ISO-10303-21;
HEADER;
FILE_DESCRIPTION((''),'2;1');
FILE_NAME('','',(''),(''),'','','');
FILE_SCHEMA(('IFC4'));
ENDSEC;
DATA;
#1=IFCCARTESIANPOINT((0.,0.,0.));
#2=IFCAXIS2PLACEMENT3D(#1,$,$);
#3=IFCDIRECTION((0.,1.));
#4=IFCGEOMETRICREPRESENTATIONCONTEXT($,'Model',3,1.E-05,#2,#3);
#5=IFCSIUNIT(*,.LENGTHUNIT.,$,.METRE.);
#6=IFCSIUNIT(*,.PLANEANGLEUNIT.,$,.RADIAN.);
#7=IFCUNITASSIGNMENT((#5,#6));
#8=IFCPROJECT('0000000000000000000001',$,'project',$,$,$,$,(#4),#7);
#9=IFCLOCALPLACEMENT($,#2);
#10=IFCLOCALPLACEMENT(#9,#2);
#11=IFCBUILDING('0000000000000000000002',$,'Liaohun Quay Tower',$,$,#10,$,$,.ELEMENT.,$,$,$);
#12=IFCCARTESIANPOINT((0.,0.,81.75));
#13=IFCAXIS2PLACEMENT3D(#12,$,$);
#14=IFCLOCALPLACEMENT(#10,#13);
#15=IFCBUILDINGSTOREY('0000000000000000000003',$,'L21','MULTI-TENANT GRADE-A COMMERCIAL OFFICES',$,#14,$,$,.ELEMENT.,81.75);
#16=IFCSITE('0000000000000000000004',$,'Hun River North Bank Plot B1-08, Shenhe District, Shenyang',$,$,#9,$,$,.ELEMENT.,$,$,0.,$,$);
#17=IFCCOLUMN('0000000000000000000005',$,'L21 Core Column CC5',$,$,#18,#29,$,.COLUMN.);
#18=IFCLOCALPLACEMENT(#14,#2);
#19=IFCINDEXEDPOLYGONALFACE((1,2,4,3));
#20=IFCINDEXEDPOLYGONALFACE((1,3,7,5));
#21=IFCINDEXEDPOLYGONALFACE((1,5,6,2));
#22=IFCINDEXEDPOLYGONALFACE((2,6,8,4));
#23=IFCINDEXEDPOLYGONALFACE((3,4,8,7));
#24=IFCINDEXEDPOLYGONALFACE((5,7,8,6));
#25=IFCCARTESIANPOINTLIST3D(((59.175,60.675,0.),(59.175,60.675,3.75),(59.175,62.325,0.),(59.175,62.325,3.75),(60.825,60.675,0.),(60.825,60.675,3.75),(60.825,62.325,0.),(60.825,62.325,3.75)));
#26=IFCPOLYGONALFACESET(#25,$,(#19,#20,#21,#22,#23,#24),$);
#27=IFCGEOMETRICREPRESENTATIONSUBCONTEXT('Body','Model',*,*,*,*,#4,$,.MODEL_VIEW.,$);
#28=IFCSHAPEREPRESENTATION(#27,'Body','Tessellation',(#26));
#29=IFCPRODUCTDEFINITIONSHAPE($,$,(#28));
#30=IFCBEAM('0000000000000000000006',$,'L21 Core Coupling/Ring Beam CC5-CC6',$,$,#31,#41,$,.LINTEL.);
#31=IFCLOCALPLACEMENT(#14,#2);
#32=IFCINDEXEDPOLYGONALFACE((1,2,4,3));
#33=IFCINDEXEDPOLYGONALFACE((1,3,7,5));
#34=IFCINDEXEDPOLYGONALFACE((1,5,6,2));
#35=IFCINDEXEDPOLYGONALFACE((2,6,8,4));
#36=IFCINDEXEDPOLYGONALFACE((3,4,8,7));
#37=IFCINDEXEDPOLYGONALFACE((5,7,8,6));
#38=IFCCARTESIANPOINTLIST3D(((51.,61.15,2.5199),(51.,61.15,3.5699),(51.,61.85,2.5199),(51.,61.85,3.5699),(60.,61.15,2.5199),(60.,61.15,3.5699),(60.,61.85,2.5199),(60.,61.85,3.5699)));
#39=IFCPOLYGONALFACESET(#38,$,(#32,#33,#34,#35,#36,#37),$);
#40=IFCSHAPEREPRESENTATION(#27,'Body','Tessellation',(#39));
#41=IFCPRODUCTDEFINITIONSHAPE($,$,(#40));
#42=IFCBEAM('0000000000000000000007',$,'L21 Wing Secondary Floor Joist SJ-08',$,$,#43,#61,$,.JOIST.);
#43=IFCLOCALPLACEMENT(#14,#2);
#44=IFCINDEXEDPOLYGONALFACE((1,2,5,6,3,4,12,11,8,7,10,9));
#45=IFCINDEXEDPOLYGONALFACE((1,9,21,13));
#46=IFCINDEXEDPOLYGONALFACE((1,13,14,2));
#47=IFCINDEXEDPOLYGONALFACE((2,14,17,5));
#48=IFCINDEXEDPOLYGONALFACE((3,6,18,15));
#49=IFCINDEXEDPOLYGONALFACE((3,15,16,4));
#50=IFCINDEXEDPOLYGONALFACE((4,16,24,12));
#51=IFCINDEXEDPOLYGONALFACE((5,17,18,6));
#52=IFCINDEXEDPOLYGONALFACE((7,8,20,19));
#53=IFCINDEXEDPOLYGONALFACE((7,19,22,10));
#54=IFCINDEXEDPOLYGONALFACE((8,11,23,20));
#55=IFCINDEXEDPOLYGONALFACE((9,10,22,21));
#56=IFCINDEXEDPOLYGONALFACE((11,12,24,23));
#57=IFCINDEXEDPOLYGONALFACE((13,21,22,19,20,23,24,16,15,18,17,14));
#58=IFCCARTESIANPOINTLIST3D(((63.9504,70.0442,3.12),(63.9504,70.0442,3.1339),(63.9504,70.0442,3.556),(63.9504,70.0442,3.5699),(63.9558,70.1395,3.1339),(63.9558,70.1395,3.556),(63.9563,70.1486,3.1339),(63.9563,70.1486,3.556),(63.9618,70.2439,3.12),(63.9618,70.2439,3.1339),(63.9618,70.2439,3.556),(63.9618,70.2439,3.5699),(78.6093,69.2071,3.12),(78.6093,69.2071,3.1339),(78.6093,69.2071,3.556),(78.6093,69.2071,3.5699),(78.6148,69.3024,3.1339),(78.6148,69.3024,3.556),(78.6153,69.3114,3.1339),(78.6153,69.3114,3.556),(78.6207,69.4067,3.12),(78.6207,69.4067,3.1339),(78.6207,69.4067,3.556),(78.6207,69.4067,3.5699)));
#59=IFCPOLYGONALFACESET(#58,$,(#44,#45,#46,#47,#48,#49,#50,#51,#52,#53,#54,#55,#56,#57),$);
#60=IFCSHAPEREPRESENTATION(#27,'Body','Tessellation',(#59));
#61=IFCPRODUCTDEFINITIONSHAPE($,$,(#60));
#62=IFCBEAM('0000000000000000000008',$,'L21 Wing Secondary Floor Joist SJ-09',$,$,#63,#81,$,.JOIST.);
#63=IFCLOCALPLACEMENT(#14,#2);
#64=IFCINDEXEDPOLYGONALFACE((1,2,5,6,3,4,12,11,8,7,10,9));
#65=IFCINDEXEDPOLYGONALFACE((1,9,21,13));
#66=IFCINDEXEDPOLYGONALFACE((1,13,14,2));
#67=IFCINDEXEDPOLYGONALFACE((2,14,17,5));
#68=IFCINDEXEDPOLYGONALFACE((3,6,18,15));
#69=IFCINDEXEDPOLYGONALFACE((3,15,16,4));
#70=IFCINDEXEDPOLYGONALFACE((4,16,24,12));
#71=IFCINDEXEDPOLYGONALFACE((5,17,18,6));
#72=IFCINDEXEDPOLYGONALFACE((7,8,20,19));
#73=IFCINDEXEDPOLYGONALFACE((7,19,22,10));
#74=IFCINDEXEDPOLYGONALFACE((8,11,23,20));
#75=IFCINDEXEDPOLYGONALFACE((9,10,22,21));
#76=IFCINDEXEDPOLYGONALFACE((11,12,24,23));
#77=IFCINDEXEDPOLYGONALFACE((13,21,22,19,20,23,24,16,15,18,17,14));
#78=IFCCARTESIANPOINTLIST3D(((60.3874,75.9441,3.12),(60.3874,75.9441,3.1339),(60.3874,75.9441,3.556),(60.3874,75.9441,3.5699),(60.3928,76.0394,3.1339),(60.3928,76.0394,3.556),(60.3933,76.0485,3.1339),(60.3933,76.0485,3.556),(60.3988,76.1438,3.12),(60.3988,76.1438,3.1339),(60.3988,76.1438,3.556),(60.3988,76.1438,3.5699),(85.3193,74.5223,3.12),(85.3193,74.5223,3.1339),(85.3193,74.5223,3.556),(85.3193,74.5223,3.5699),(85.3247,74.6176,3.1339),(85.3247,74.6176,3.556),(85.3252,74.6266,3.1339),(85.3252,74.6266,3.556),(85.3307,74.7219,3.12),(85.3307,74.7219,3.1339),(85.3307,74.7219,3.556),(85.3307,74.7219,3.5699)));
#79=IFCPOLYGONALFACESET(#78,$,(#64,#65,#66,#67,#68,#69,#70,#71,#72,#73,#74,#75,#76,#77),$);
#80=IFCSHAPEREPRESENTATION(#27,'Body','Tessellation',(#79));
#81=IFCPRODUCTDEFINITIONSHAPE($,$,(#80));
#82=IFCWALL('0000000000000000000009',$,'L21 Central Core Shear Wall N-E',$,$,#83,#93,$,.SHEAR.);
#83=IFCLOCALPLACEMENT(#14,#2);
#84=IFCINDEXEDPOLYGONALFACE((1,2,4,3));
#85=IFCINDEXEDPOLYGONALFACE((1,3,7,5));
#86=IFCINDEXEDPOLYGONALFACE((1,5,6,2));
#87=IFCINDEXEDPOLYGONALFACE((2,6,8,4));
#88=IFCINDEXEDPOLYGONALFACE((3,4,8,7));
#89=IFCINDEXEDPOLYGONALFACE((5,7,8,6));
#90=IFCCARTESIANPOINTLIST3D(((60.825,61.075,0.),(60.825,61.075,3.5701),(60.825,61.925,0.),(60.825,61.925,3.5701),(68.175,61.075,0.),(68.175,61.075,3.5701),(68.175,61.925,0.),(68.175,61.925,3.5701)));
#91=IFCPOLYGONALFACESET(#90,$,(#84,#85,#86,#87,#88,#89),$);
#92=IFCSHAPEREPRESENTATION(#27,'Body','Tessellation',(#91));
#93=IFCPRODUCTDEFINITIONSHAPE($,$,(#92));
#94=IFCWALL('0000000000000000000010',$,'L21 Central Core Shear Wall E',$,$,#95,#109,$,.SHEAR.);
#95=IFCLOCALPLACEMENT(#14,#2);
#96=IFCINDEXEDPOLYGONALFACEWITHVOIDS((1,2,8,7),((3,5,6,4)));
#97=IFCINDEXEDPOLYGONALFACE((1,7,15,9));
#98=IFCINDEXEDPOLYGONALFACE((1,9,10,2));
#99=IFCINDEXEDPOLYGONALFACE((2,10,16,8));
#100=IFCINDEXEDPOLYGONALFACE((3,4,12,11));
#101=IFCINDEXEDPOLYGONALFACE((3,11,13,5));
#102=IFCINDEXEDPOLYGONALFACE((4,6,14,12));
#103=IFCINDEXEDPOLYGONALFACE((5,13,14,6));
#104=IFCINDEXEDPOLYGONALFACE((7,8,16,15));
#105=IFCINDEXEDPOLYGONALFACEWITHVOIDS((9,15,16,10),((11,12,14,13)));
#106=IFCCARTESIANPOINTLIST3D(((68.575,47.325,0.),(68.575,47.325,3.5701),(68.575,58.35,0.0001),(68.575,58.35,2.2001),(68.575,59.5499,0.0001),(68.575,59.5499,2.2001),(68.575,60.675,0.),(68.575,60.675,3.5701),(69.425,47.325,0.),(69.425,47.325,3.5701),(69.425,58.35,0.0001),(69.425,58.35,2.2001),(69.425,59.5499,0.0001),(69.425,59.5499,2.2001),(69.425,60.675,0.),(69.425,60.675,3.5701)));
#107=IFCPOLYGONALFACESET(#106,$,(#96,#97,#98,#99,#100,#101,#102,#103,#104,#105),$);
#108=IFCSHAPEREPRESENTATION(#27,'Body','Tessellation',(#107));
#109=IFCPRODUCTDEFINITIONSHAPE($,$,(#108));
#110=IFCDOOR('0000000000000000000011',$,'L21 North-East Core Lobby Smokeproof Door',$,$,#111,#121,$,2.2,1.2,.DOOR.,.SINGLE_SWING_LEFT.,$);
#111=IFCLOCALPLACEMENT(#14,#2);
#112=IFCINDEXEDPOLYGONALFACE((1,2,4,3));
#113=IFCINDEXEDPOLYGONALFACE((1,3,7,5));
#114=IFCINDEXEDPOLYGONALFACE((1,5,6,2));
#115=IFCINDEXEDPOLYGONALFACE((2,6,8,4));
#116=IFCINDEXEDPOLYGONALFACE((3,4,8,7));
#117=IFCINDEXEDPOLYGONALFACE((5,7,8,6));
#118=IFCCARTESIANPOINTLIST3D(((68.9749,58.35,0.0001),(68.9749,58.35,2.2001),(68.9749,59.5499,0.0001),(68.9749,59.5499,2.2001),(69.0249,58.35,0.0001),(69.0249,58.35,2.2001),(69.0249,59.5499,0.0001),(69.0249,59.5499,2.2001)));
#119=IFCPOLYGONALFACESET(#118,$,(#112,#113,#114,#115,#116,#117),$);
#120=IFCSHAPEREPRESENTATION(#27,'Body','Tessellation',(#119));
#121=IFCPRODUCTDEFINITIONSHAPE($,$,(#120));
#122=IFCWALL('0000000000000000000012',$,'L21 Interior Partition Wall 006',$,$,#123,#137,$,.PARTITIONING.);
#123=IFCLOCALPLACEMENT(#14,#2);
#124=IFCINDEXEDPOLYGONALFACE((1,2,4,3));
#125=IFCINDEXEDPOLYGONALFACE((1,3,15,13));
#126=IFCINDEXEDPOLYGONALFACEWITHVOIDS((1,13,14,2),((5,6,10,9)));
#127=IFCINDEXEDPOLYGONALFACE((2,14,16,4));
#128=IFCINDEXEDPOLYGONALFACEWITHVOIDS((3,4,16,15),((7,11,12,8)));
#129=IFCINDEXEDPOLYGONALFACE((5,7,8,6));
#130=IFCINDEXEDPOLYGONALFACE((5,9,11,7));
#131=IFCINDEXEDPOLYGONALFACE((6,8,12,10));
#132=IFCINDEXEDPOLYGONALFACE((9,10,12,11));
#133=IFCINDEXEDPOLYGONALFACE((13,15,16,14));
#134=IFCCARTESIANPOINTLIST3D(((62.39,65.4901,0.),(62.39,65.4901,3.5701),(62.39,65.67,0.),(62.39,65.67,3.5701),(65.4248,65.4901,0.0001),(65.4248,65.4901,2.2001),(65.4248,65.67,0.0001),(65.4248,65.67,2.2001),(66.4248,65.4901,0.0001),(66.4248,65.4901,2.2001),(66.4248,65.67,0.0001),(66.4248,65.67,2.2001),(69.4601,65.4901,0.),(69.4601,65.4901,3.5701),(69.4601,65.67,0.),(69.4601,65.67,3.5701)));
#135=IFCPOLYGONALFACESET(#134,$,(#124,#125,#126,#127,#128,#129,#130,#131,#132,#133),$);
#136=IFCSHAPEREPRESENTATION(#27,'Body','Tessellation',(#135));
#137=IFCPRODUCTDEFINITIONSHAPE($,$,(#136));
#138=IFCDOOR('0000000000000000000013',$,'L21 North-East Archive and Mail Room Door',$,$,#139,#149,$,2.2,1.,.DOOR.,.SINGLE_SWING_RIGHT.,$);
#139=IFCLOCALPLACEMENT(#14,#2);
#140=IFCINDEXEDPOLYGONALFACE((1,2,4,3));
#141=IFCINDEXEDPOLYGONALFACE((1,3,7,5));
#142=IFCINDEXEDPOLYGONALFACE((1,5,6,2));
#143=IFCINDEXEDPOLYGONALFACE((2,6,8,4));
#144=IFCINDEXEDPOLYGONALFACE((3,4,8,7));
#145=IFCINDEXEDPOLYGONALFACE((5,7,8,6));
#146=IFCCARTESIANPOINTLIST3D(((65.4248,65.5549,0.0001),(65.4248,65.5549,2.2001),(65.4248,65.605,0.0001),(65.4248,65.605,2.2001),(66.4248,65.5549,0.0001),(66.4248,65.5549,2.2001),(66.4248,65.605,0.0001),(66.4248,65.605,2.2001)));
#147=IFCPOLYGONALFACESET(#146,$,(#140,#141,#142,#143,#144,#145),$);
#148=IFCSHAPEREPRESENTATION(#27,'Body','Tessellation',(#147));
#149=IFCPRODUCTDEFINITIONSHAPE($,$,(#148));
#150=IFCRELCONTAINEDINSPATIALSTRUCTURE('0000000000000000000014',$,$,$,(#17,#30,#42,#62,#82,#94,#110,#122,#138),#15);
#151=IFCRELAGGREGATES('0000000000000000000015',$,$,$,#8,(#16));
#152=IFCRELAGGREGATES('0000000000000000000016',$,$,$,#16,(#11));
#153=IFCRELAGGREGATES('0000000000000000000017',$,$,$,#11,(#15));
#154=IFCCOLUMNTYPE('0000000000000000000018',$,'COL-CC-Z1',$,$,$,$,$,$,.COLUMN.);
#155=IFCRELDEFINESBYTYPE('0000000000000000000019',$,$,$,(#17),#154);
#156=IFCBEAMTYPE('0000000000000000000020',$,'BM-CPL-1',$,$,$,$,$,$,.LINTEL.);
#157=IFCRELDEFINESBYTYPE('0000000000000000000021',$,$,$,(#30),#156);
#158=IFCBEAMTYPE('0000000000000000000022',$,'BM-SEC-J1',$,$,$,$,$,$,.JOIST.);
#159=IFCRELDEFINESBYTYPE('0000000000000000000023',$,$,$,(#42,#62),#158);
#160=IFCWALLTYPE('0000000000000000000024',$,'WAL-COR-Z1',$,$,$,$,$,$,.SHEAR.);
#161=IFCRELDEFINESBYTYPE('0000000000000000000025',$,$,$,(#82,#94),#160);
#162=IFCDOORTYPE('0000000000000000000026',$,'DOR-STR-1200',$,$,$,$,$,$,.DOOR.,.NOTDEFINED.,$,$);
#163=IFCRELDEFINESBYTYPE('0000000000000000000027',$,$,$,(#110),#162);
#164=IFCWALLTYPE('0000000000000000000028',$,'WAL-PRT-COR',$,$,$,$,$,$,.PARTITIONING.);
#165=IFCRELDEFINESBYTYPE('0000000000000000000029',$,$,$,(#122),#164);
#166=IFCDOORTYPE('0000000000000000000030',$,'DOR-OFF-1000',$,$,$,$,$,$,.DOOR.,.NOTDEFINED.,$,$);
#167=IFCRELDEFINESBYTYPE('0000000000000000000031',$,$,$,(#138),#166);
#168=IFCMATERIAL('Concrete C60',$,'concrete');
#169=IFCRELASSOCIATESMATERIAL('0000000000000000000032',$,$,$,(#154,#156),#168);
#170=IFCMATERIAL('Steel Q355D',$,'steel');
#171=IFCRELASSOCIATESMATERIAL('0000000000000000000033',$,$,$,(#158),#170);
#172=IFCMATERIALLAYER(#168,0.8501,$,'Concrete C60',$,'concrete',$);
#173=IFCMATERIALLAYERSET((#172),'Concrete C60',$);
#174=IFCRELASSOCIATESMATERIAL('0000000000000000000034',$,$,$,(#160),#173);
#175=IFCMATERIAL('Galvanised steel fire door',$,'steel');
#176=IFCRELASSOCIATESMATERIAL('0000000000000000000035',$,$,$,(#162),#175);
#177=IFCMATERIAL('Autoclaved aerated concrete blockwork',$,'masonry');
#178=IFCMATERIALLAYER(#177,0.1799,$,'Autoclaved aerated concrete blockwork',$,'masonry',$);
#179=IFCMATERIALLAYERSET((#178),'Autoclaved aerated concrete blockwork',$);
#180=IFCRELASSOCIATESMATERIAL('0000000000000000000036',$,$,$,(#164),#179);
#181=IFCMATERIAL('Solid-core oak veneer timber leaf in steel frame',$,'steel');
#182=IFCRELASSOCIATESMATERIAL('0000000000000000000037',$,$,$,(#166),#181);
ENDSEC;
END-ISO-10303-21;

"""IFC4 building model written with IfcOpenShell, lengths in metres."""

from ifc_helpers import new_model, si_unit, direction, frame, frame_2d, origin, origin_2d, place, context, subcontext, project, spatial, rectangle, i_section, extrude, source, transform, mapped, material, layer, layer_set, material_profile, profile_set, type_object, element, fill, save


model = new_model("IFC4")

# Units and contexts
model_context = context("Model", 3, precision=1e-05, world=origin(), true_north=direction((0.0, 1.0)))
body_context = subcontext(model_context, "Body", "Model", "MODEL_VIEW")
ifc_project = project(units=[si_unit("LENGTHUNIT", "METRE"), si_unit("PLANEANGLEUNIT", "RADIAN")], contexts=[model_context])

# Site, building, storey
site_placement = place(None, origin())
site = spatial("IfcSite", under=ifc_project, at=site_placement, Name="Hun River North Bank Plot B1-08, Shenhe District, Shenyang", CompositionType="ELEMENT", RefElevation=0.0)
building_placement = place(site_placement, origin())
building = spatial("IfcBuilding", under=site, at=building_placement, Name="Liaohun Quay Tower", CompositionType="ELEMENT")
storey_placement = place(building_placement, frame((0.0, 0.0, 81.75)))
storey = spatial("IfcBuildingStorey", under=building, at=storey_placement, Name="L21", Description="MULTI-TENANT GRADE-A COMMERCIAL OFFICES", CompositionType="ELEMENT", Elevation=81.75)

# Column
ifc_material_1 = material(Name="Concrete C60", Category="concrete")
ifc_material_profile_1 = material_profile(ifc_material_1, rectangle(XDim=1.6499, YDim=1.6499, at=origin_2d()), Name="RC1650x1650")
ifc_profile_set_1 = profile_set([ifc_material_profile_1], Name="Concrete C60")
column_type = type_object("IfcColumnType", Name="COL-CC-Z1", PredefinedType="COLUMN", material=ifc_profile_set_1)
shared_shape_1 = source(origin(), body_context, "Body", "SweptSolid", [
    extrude(rectangle(XDim=1.6499, YDim=1.6499, at=origin_2d()), origin(), (0.0, 0.0, 1.0), 3.75),
])
column_placement = place(storey_placement, frame((60.0, 61.5, 0.0), z_axis=(0.0, 0.0, 1.0), x_axis=(1.0, 0.0, 0.0)))
element("IfcColumn", 1, at=column_placement, inside=storey, type_object=column_type, Name="L21 Core Column CC5", PredefinedType="COLUMN", context=body_context, shape_type="MappedRepresentation", body=[
    mapped(shared_shape_1, transform((0.0, 0.0, 0.0), x_axis=(1.0, 0.0, 0.0), y_axis=(0.0, 1.0, 0.0), z_axis=(0.0, 0.0, 1.0), scale=1.0)),
])

# Beams
ifc_material_profile_2 = material_profile(ifc_material_1, rectangle(XDim=0.7, YDim=1.05, at=origin_2d()), Name="RC700x1050")
ifc_profile_set_2 = profile_set([ifc_material_profile_2], Name="Concrete C60")
beam_type_1 = type_object("IfcBeamType", Name="BM-CPL-1", PredefinedType="LINTEL", material=ifc_profile_set_2)
shared_shape_2 = source(origin(), body_context, "Body", "SweptSolid", [
    extrude(rectangle(XDim=0.7, YDim=1.05, at=origin_2d()), origin(), (0.0, 0.0, 1.0), 9.0),
])
beam_1_placement = place(storey_placement, frame((60.0, 61.5, 3.0449), z_axis=(-1.0, 0.0, 0.0), x_axis=(0.0, -1.0, 0.0)))
element("IfcBeam", 2, at=beam_1_placement, inside=storey, type_object=beam_type_1, Name="L21 Core Coupling/Ring Beam CC5-CC6", PredefinedType="LINTEL", context=body_context, shape_type="MappedRepresentation", body=[
    mapped(shared_shape_2, transform((0.0, 0.0, 0.0), x_axis=(1.0, 0.0, 0.0), y_axis=(0.0, 1.0, 0.0), z_axis=(0.0, 0.0, 1.0), scale=1.0)),
])
ifc_material_2 = material(Name="Steel Q355D", Category="steel")
ifc_material_profile_3 = material_profile(ifc_material_2, i_section(OverallWidth=0.2, OverallDepth=0.45, WebThickness=0.009, FlangeThickness=0.0139, at=origin_2d()), Name="HN450x200x9x14")
ifc_profile_set_3 = profile_set([ifc_material_profile_3], Name="Steel Q355D")
beam_type_2 = type_object("IfcBeamType", Name="BM-SEC-J1", PredefinedType="JOIST", material=ifc_profile_set_3)
shared_shape_3 = source(origin(), body_context, "Body", "SweptSolid", [
    extrude(i_section(OverallWidth=0.2, OverallDepth=0.45, WebThickness=0.009, FlangeThickness=0.0139, at=origin_2d()), origin(), (0.0, 0.0, 1.0), 14.6829),
])
beam_2_placement = place(storey_placement, frame((63.9561, 70.144, 3.345), z_axis=(0.998373, -0.057016, 0.0), x_axis=(0.057016, 0.998373, 0.0)))
element("IfcBeam", 3, at=beam_2_placement, inside=storey, type_object=beam_type_2, Name="L21 Wing Secondary Floor Joist SJ-08", PredefinedType="JOIST", context=body_context, shape_type="MappedRepresentation", body=[
    mapped(shared_shape_3, transform((0.0, 0.0, 0.0), x_axis=(1.0, 0.0, 0.0), y_axis=(0.0, 1.0, 0.0), z_axis=(0.0, 0.0, 1.0), scale=1.0)),
])
shared_shape_4 = source(origin(), body_context, "Body", "SweptSolid", [
    extrude(i_section(OverallWidth=0.2, OverallDepth=0.45, WebThickness=0.009, FlangeThickness=0.0139, at=origin_2d()), origin(), (0.0, 0.0, 1.0), 24.9724),
])
beam_3_placement = place(storey_placement, frame((60.3931, 76.0439, 3.345), z_axis=(0.998378, -0.056938, 0.0), x_axis=(0.056938, 0.998378, 0.0)))
element("IfcBeam", 4, at=beam_3_placement, inside=storey, type_object=beam_type_2, Name="L21 Wing Secondary Floor Joist SJ-09", PredefinedType="JOIST", context=body_context, shape_type="MappedRepresentation", body=[
    mapped(shared_shape_4, transform((0.0, 0.0, 0.0), x_axis=(1.0, 0.0, 0.0), y_axis=(0.0, 1.0, 0.0), z_axis=(0.0, 0.0, 1.0), scale=1.0)),
])

# Wall
ifc_layer_1 = layer(ifc_material_1, 0.8501, Name="Concrete C60", Category="concrete")
ifc_layer_set_1 = layer_set([ifc_layer_1], Name="Concrete C60")
wall_type_1 = type_object("IfcWallType", Name="WAL-COR-Z1", PredefinedType="SHEAR", material=ifc_layer_set_1)
wall_1_placement = place(storey_placement, frame((60.825, 61.5, 0.0), z_axis=(0.0, 0.0, 1.0), x_axis=(1.0, 0.0, 0.0)))
element("IfcWall", 5, at=wall_1_placement, inside=storey, type_object=wall_type_1, Name="L21 Central Core Shear Wall N-E", PredefinedType="SHEAR", context=body_context, shape_type="SweptSolid", body=[
    extrude(rectangle(XDim=7.3501, YDim=0.8501, at=frame_2d((3.675, 0.0))), origin(), (0.0, 0.0, 1.0), 3.5701),
])

# Walls, openings, doors
wall_2_placement = place(storey_placement, frame((69.0, 60.675, 0.0), z_axis=(0.0, 0.0, 1.0), x_axis=(0.0, -1.0, 0.0)))
wall_2 = element("IfcWall", 6, at=wall_2_placement, inside=storey, type_object=wall_type_1, Name="L21 Central Core Shear Wall E", PredefinedType="SHEAR", context=body_context, shape_type="SweptSolid", body=[
    extrude(rectangle(XDim=13.3501, YDim=0.8501, at=frame_2d((6.675, 0.0))), origin(), (0.0, 0.0, 1.0), 3.5701),
])
shared_shape_5 = source(origin(), body_context, "Body", "SweptSolid", [
    extrude(rectangle(XDim=1.2, YDim=2.2, at=frame_2d((0.6001, 1.1001))), frame((0.0, 0.4351, 0.0), z_axis=(0.0, -1.0, 0.0), x_axis=(1.0, 0.0, 0.0)), (0.0, 0.0, 1.0), 0.8701),
])
opening_1_placement = place(wall_2_placement, frame((1.125, 0.0, 0.0)))
opening_1 = element("IfcOpeningElement", 7, at=opening_1_placement, cuts=wall_2, PredefinedType="OPENING", context=body_context, shape_type="MappedRepresentation", body=[
    mapped(shared_shape_5, transform((0.0, 0.0, 0.0), x_axis=(1.0, 0.0, 0.0), y_axis=(0.0, 1.0, 0.0), z_axis=(0.0, 0.0, 1.0), scale=1.0)),
])
ifc_material_3 = material(Name="Galvanised steel fire door", Category="steel")
door_type_1 = type_object("IfcDoorType", Name="DOR-STR-1200", OperationType="NOTDEFINED", PredefinedType="DOOR", material=ifc_material_3)
shared_shape_6 = source(origin(), body_context, "Body", "SweptSolid", [
    extrude(rectangle(XDim=1.2, YDim=2.2, at=frame_2d((0.6001, 1.1001))), frame((0.0, 0.0249, 0.0), z_axis=(0.0, -1.0, 0.0), x_axis=(1.0, 0.0, 0.0)), (0.0, 0.0, 1.0), 0.05),
])
door_1_placement = place(opening_1_placement, origin())
door_1 = element("IfcDoor", 8, at=door_1_placement, inside=storey, type_object=door_type_1, Name="L21 North-East Core Lobby Smokeproof Door", OperationType="SINGLE_SWING_LEFT", OverallHeight=2.2, OverallWidth=1.2, PredefinedType="DOOR", context=body_context, shape_type="MappedRepresentation", body=[
    mapped(shared_shape_6, transform((0.0, 0.0, 0.0), x_axis=(1.0, 0.0, 0.0), y_axis=(0.0, 1.0, 0.0), z_axis=(0.0, 0.0, 1.0), scale=1.0)),
])
fill(opening_1, door_1)
ifc_material_4 = material(Name="Autoclaved aerated concrete blockwork", Category="masonry")
ifc_layer_2 = layer(ifc_material_4, 0.1799, Name="Autoclaved aerated concrete blockwork", Category="masonry")
ifc_layer_set_2 = layer_set([ifc_layer_2], Name="Autoclaved aerated concrete blockwork")
wall_type_2 = type_object("IfcWallType", Name="WAL-PRT-COR", PredefinedType="PARTITIONING", material=ifc_layer_set_2)
wall_3_placement = place(storey_placement, frame((62.3899, 65.5801, 0.0), z_axis=(0.0, 0.0, 1.0), x_axis=(1.0, 0.0, 0.0)))
wall_3 = element("IfcWall", 9, at=wall_3_placement, inside=storey, type_object=wall_type_2, Name="L21 Interior Partition Wall 006", PredefinedType="PARTITIONING", context=body_context, shape_type="SweptSolid", body=[
    extrude(rectangle(XDim=7.0701, YDim=0.1799, at=frame_2d((3.5352, 0.0))), origin(), (0.0, 0.0, 1.0), 3.5701),
])
shared_shape_7 = source(origin(), body_context, "Body", "SweptSolid", [
    extrude(rectangle(XDim=1.0, YDim=2.2, at=frame_2d((0.5, 1.1001))), frame((0.0, 0.0999, 0.0), z_axis=(0.0, -1.0, 0.0), x_axis=(1.0, 0.0, 0.0)), (0.0, 0.0, 1.0), 0.2),
])
opening_2_placement = place(wall_3_placement, frame((3.0349, 0.0, 0.0)))
opening_2 = element("IfcOpeningElement", 10, at=opening_2_placement, cuts=wall_3, PredefinedType="OPENING", context=body_context, shape_type="MappedRepresentation", body=[
    mapped(shared_shape_7, transform((0.0, 0.0, 0.0), x_axis=(1.0, 0.0, 0.0), y_axis=(0.0, 1.0, 0.0), z_axis=(0.0, 0.0, 1.0), scale=1.0)),
])
ifc_material_5 = material(Name="Solid-core oak veneer timber leaf in steel frame", Category="steel")
door_type_2 = type_object("IfcDoorType", Name="DOR-OFF-1000", OperationType="NOTDEFINED", PredefinedType="DOOR", material=ifc_material_5)
shared_shape_8 = source(origin(), body_context, "Body", "SweptSolid", [
    extrude(rectangle(XDim=1.0, YDim=2.2, at=frame_2d((0.5, 1.1001))), frame((0.0, 0.0249, 0.0), z_axis=(0.0, -1.0, 0.0), x_axis=(1.0, 0.0, 0.0)), (0.0, 0.0, 1.0), 0.05),
])
door_2_placement = place(opening_2_placement, origin())
door_2 = element("IfcDoor", 11, at=door_2_placement, inside=storey, type_object=door_type_2, Name="L21 North-East Archive and Mail Room Door", OperationType="SINGLE_SWING_RIGHT", OverallHeight=2.2, OverallWidth=1.0, PredefinedType="DOOR", context=body_context, shape_type="MappedRepresentation", body=[
    mapped(shared_shape_8, transform((0.0, 0.0, 0.0), x_axis=(1.0, 0.0, 0.0), y_axis=(0.0, 1.0, 0.0), z_axis=(0.0, 0.0, 1.0), scale=1.0)),
])
fill(opening_2, door_2)

save(model, "model.ifc")
